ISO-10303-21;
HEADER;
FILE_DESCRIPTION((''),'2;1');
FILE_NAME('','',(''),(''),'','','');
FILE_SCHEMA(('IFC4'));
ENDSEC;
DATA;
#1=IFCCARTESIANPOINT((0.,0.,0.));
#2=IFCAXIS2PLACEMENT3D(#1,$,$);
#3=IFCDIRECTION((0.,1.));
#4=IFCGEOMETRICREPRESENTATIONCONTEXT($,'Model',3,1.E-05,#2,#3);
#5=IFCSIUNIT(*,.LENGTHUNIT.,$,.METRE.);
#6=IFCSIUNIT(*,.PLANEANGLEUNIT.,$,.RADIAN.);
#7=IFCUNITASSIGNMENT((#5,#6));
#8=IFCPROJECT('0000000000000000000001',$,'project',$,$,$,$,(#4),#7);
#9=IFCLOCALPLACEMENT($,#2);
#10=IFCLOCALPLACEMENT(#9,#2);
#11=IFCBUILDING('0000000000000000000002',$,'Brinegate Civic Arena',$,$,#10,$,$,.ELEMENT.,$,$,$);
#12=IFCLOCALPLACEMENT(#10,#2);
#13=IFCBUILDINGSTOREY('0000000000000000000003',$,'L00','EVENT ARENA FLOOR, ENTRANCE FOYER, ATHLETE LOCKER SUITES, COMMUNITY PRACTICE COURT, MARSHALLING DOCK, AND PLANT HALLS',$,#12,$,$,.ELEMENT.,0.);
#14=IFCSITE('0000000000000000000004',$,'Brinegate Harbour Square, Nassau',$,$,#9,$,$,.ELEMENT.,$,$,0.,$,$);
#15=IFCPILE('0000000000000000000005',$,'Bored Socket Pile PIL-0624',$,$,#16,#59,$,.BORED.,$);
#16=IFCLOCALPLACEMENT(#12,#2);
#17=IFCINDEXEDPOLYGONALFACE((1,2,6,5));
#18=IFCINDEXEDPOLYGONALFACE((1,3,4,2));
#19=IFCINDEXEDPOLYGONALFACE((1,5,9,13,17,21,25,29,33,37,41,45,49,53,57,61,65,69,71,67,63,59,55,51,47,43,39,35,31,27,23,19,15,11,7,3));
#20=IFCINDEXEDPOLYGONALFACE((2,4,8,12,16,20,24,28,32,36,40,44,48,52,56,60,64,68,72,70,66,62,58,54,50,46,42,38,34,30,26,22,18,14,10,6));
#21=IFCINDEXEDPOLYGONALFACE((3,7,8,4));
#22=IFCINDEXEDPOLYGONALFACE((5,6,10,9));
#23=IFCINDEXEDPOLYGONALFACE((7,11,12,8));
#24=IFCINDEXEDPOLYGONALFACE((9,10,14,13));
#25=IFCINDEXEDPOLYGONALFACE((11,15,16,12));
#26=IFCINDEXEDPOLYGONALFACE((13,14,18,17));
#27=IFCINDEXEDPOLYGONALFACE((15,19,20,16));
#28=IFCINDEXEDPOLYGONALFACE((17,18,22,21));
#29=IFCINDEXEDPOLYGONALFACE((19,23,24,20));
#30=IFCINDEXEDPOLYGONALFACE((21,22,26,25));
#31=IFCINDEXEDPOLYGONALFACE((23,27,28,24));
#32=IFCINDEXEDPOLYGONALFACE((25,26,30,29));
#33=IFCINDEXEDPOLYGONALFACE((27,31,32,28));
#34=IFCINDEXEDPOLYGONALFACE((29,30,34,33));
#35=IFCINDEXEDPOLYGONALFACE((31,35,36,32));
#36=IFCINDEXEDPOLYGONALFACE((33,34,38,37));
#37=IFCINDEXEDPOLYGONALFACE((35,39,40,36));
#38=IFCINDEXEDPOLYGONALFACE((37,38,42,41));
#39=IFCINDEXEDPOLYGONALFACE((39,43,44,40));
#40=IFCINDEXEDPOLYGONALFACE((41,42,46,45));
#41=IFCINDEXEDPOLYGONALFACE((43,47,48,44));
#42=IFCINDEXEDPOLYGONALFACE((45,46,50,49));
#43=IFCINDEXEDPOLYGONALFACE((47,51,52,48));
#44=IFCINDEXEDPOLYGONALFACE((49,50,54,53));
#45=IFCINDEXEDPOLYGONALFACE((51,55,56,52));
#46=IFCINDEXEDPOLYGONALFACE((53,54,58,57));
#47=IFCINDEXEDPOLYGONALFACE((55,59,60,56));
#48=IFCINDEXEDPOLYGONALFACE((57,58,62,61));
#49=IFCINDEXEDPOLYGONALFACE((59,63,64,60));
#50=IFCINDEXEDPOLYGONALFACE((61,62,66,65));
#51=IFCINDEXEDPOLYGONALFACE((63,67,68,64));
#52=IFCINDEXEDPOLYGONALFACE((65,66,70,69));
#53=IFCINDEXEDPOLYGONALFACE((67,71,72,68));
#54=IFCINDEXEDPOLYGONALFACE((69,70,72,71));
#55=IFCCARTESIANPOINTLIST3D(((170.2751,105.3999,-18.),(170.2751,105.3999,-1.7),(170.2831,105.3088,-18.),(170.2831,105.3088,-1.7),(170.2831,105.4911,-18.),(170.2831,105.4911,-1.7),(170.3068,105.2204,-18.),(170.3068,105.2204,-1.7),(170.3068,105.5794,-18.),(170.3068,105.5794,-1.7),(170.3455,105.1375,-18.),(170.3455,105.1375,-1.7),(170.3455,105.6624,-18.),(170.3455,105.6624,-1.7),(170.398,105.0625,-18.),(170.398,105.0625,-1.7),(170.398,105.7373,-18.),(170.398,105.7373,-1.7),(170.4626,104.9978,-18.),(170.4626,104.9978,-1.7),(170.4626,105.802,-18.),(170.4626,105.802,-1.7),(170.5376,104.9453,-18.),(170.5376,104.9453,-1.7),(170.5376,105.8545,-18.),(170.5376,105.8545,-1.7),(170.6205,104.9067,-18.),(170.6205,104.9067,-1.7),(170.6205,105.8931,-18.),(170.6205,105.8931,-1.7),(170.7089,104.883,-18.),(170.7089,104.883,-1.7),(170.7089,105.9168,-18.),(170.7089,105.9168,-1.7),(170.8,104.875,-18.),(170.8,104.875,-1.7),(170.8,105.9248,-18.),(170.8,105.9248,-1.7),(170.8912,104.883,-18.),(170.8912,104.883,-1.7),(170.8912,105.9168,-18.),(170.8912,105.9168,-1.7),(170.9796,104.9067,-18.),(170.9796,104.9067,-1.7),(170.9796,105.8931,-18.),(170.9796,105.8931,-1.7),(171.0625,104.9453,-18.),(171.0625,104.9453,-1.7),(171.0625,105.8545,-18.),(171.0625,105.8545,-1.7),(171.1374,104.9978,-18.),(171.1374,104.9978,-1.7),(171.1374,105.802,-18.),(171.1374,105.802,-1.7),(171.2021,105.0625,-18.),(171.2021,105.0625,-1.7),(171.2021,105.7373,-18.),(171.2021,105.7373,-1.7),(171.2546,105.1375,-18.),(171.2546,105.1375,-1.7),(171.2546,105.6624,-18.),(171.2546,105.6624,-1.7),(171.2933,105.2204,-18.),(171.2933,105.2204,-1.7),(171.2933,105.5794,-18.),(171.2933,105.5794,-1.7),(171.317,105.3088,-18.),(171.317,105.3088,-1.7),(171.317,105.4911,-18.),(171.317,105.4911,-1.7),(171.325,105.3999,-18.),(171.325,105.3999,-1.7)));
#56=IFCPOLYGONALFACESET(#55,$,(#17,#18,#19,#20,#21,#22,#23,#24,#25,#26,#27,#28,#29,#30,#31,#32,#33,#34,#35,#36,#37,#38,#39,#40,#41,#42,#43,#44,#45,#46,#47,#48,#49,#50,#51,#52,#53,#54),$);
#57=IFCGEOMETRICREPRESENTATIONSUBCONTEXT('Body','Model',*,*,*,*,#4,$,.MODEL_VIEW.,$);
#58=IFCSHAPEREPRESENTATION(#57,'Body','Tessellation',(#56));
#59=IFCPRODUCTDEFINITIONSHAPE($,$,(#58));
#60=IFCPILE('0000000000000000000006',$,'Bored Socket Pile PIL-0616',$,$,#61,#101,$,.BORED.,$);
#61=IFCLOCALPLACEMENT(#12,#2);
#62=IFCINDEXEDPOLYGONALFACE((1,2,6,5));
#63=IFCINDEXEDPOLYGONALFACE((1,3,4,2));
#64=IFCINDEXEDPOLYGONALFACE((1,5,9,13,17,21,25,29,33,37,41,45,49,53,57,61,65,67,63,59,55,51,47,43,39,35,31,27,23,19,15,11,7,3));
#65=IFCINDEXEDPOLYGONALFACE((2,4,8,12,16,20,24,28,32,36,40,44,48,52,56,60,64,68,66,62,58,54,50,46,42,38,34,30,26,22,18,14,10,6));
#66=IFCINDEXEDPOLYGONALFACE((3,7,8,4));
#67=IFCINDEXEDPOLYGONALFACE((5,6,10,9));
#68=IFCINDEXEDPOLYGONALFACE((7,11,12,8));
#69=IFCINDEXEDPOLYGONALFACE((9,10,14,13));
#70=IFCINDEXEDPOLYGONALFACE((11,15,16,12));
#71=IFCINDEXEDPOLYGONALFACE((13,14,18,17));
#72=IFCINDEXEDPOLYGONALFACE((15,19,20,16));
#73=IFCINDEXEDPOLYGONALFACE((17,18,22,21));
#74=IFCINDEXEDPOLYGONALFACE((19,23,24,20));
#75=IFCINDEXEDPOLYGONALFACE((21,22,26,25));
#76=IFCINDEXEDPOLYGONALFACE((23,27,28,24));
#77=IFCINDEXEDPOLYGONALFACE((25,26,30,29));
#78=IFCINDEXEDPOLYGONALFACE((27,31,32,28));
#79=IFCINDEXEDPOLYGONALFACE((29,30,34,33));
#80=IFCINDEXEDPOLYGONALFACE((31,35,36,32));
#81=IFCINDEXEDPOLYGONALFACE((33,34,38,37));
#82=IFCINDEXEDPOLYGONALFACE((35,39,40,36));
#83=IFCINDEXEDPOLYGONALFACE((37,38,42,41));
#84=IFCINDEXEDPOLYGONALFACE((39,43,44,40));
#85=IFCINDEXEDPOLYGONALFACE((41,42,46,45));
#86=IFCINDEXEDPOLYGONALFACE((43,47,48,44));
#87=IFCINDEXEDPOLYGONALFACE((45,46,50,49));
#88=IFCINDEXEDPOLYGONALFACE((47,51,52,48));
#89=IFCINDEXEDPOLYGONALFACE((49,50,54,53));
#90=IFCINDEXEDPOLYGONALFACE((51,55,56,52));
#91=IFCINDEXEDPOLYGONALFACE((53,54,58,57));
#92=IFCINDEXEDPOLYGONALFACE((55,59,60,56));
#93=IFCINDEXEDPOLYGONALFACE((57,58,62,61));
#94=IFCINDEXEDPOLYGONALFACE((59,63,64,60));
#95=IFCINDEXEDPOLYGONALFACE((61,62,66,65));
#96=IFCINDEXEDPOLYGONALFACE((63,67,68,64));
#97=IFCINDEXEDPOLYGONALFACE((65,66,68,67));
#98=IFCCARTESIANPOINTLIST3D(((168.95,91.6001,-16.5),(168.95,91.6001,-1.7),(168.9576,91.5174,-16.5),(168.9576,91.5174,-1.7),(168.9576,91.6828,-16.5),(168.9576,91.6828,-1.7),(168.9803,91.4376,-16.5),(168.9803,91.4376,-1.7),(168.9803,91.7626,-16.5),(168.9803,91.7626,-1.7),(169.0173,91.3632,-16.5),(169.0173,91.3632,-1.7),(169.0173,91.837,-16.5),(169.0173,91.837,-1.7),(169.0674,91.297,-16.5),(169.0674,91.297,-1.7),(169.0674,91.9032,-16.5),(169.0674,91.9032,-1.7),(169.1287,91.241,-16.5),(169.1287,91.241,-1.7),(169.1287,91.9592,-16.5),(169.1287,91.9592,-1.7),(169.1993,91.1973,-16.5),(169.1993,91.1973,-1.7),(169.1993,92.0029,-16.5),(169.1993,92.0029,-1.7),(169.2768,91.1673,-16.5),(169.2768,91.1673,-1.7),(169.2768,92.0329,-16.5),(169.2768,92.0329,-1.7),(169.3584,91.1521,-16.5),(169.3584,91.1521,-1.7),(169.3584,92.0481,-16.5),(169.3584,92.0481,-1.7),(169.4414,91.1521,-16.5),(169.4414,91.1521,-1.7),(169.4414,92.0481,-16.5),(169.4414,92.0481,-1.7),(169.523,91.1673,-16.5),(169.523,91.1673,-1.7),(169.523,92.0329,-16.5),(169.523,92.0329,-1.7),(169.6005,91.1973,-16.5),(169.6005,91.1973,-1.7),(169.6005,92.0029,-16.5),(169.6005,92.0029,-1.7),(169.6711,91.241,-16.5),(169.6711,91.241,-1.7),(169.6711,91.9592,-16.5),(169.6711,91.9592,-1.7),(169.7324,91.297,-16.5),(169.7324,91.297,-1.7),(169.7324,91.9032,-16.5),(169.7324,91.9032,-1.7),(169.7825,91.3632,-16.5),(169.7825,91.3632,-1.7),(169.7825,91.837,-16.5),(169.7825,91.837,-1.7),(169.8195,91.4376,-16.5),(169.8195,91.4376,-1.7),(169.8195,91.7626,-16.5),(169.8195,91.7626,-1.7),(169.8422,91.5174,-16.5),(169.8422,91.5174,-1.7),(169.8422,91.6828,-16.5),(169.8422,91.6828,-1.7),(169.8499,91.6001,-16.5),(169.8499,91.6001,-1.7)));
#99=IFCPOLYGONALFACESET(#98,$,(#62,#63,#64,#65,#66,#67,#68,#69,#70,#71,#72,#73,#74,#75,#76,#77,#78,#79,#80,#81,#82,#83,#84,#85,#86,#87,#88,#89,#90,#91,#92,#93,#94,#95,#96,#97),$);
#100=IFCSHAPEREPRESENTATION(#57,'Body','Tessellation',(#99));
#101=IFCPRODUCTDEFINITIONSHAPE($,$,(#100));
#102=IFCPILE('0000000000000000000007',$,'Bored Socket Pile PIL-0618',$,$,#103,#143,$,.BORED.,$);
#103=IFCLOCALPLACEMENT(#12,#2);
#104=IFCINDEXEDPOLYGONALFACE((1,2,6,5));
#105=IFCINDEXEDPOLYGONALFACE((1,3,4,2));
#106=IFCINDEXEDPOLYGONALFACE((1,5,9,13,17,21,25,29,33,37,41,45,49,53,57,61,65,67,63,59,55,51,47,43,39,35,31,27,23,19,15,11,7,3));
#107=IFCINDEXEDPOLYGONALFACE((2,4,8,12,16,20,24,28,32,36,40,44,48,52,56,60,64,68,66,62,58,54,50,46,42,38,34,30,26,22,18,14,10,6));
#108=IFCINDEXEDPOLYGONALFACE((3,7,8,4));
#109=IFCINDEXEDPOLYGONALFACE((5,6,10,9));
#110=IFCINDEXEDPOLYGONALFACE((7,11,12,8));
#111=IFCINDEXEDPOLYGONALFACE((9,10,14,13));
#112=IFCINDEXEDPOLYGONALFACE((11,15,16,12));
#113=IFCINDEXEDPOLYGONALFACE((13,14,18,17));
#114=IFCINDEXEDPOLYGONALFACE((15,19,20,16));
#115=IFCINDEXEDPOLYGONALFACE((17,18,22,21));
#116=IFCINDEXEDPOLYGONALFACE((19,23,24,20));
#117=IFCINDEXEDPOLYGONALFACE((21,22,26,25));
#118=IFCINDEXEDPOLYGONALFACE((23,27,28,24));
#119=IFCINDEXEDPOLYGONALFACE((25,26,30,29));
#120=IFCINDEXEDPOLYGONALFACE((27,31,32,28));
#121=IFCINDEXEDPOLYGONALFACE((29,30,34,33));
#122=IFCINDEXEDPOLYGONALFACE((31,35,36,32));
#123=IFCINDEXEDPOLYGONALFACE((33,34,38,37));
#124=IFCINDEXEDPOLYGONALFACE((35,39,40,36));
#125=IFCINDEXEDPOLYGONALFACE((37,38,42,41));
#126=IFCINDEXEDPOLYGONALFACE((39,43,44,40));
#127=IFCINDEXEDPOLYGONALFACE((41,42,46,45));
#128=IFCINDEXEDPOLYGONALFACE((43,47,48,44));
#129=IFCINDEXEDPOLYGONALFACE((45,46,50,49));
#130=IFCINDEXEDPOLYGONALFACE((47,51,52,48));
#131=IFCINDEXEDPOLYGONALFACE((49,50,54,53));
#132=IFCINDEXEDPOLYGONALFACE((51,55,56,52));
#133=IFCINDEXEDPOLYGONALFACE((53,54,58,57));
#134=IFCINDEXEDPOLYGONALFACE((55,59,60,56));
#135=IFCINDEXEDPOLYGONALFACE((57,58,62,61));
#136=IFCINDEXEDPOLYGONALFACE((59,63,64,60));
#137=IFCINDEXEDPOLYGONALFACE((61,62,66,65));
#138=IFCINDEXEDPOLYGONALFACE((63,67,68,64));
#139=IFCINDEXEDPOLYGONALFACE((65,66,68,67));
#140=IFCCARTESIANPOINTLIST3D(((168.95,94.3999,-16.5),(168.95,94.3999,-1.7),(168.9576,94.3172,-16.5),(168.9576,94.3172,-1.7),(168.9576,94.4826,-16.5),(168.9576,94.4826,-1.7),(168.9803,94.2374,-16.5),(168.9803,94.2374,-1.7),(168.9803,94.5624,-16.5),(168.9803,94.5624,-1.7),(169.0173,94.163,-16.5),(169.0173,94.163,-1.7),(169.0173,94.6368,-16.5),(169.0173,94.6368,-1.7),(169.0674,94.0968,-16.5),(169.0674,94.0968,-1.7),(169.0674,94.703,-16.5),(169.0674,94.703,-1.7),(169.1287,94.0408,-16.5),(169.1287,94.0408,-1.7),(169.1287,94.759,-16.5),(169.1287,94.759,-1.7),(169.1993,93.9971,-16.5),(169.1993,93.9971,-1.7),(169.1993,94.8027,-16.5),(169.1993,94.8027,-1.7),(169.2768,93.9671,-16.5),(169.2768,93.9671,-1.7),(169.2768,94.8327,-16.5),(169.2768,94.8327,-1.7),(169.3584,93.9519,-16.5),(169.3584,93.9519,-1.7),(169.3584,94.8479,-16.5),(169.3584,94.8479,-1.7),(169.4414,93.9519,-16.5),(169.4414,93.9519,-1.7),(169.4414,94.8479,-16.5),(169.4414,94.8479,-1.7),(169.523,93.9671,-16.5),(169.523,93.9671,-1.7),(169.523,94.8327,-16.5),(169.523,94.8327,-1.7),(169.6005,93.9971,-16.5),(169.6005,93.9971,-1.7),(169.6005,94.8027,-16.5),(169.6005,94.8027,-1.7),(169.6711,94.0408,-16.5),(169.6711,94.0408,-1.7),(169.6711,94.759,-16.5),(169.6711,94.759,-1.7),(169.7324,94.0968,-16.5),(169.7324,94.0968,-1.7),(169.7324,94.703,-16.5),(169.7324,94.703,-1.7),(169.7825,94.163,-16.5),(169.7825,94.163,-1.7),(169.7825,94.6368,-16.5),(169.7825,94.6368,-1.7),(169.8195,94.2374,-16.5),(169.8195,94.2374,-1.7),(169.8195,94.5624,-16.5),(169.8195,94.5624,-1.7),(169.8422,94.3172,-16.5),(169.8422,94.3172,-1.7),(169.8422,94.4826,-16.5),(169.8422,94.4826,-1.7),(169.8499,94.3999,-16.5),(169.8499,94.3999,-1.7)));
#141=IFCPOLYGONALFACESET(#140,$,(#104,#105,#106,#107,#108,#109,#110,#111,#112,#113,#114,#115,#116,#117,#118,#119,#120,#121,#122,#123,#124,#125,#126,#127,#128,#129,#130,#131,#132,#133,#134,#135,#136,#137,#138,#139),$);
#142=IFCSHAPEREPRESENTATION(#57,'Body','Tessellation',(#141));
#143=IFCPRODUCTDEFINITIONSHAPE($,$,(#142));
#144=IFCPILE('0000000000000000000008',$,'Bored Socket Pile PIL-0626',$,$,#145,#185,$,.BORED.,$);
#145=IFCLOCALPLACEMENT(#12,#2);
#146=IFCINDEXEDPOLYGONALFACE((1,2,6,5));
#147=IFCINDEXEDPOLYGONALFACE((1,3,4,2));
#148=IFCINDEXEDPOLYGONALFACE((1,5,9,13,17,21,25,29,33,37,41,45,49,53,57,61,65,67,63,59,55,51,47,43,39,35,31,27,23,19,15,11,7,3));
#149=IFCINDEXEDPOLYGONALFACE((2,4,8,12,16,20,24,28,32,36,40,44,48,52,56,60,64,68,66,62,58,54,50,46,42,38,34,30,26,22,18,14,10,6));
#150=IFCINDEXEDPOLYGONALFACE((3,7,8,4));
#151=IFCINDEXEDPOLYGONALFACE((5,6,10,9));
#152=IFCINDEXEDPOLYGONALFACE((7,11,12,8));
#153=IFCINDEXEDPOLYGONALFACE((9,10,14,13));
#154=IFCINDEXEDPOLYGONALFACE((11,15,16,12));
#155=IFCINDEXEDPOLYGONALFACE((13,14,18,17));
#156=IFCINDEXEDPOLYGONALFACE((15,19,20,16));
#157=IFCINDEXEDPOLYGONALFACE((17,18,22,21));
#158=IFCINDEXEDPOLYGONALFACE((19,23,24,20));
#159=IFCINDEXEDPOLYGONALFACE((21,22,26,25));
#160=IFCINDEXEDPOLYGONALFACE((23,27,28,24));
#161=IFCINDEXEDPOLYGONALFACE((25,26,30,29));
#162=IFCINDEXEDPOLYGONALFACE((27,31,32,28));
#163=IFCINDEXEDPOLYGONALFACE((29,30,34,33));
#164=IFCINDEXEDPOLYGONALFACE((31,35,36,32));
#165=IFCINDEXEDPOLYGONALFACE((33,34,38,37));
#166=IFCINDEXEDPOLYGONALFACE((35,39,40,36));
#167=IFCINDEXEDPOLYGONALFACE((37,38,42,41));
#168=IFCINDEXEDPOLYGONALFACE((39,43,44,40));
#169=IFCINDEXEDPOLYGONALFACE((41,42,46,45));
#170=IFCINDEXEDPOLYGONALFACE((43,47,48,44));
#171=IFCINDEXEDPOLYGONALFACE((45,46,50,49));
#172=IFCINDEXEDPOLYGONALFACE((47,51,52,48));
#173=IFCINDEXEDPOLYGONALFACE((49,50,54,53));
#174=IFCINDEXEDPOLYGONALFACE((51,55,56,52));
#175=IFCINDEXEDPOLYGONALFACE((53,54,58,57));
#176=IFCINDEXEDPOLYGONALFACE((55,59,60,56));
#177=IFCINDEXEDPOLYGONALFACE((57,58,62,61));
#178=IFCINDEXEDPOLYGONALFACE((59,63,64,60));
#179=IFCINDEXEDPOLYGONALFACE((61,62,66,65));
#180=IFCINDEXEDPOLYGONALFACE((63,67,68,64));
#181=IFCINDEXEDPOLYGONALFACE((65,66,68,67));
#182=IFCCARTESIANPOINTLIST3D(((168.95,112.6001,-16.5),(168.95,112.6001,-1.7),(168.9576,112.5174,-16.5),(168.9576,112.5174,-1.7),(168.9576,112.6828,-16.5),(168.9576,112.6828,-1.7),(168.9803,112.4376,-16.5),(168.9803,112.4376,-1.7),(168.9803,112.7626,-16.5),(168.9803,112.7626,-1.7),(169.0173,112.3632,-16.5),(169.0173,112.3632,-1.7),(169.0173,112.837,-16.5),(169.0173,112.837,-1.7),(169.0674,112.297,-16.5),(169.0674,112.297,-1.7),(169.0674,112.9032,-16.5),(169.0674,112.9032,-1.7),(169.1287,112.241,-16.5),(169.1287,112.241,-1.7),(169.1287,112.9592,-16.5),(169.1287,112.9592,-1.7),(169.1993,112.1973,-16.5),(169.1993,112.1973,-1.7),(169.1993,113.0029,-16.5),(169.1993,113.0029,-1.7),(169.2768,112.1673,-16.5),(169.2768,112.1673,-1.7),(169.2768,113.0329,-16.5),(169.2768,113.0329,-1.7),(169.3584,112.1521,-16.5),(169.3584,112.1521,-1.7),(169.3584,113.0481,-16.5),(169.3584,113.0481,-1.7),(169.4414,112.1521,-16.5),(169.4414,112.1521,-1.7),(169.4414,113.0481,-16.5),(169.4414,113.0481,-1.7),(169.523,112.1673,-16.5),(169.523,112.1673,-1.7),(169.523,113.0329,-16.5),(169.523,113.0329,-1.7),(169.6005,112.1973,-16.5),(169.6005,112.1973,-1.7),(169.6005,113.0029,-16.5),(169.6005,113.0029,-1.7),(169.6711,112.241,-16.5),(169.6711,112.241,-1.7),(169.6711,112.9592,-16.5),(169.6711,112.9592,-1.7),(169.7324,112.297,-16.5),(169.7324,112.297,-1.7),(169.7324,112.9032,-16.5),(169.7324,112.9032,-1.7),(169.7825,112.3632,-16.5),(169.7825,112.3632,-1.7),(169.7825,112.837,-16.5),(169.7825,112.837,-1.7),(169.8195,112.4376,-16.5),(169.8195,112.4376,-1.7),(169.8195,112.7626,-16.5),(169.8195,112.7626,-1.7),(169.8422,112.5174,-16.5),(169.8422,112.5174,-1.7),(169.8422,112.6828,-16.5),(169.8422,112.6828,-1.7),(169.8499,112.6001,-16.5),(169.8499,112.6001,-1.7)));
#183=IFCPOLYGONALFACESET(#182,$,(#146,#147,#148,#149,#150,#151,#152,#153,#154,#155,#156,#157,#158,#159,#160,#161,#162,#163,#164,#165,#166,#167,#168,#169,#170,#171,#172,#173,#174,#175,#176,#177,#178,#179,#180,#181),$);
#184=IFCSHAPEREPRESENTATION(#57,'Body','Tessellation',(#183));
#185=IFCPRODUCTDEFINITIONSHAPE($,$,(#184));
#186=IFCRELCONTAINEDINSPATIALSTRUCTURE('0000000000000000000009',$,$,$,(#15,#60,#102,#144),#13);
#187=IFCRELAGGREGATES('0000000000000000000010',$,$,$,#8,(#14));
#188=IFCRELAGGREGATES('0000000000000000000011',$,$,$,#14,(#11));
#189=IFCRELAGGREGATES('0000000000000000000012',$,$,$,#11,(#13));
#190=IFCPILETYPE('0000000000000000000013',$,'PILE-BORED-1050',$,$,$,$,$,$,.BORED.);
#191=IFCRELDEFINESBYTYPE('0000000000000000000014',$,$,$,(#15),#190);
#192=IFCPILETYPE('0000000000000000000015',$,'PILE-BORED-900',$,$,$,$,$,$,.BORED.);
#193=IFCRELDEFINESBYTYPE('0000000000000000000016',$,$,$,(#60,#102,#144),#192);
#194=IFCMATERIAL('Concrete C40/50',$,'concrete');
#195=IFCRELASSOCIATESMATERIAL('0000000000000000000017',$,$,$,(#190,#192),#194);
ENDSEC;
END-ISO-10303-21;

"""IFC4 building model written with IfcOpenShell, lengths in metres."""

from ifc_helpers import new_model, si_unit, direction, frame, origin, origin_2d, place, context, subcontext, project, spatial, circle, extrude, material, material_profile, profile_set, type_object, element, save


model = new_model("IFC4")

# Units and contexts
model_context = context("Model", 3, precision=1e-05, world=origin(), true_north=direction((0.0, 1.0)))
body_context = subcontext(model_context, "Body", "Model", "MODEL_VIEW")
ifc_project = project(units=[si_unit("LENGTHUNIT", "METRE"), si_unit("PLANEANGLEUNIT", "RADIAN")], contexts=[model_context])

# Site, building, storey
site_placement = place(None, origin())
site = spatial("IfcSite", under=ifc_project, at=site_placement, Name="Brinegate Harbour Square, Nassau", CompositionType="ELEMENT", RefElevation=0.0)
building_placement = place(site_placement, origin())
building = spatial("IfcBuilding", under=site, at=building_placement, Name="Brinegate Civic Arena", CompositionType="ELEMENT")
storey_placement = place(building_placement, origin())
storey = spatial("IfcBuildingStorey", under=building, at=storey_placement, Name="L00", Description="EVENT ARENA FLOOR, ENTRANCE FOYER, ATHLETE LOCKER SUITES, COMMUNITY PRACTICE COURT, MARSHALLING DOCK, AND PLANT HALLS", CompositionType="ELEMENT", Elevation=0.0)

# Shared definitions
ifc_material_1 = material(Name="Concrete C40/50", Category="concrete")

# Piles
ifc_material_profile_1 = material_profile(ifc_material_1, circle(Radius=0.5249, at=origin_2d()), Name="PILED1050")
ifc_profile_set_1 = profile_set([ifc_material_profile_1], Name="Concrete C40/50")
pile_type_1 = type_object("IfcPileType", Name="PILE-BORED-1050", PredefinedType="BORED", material=ifc_profile_set_1)
for number, where, z_axis, x_axis, name in (
    (1, (170.8, 105.3999, -1.7), (0.0, 0.0, -1.0), (1.0, 0.0, 0.0), "Bored Socket Pile PIL-0624"),
):
    element("IfcPile", number, at=place(storey_placement, frame(where, z_axis=z_axis, x_axis=x_axis)), inside=storey, type_object=pile_type_1, Name=name, PredefinedType="BORED", context=body_context, shape_type="SweptSolid", body=[
        extrude(circle(Radius=0.5249, at=origin_2d()), origin(), (0.0, 0.0, 1.0), 16.3),
    ])
ifc_material_profile_2 = material_profile(ifc_material_1, circle(Radius=0.45, at=origin_2d()), Name="PILED900")
ifc_profile_set_2 = profile_set([ifc_material_profile_2], Name="Concrete C40/50")
pile_type_2 = type_object("IfcPileType", Name="PILE-BORED-900", PredefinedType="BORED", material=ifc_profile_set_2)
for number, where, z_axis, x_axis, name in (
    (2, (169.3999, 91.6001, -1.7), (0.0, 0.0, -1.0), (1.0, 0.0, 0.0), "Bored Socket Pile PIL-0616"),
    (3, (169.3999, 94.3999, -1.7), (0.0, 0.0, -1.0), (1.0, 0.0, 0.0), "Bored Socket Pile PIL-0618"),
    (4, (169.3999, 112.6001, -1.7), (0.0, 0.0, -1.0), (1.0, 0.0, 0.0), "Bored Socket Pile PIL-0626"),
):
    element("IfcPile", number, at=place(storey_placement, frame(where, z_axis=z_axis, x_axis=x_axis)), inside=storey, type_object=pile_type_2, Name=name, PredefinedType="BORED", context=body_context, shape_type="SweptSolid", body=[
        extrude(circle(Radius=0.45, at=origin_2d()), origin(), (0.0, 0.0, 1.0), 14.8),
    ])

save(model, "model.ifc")
